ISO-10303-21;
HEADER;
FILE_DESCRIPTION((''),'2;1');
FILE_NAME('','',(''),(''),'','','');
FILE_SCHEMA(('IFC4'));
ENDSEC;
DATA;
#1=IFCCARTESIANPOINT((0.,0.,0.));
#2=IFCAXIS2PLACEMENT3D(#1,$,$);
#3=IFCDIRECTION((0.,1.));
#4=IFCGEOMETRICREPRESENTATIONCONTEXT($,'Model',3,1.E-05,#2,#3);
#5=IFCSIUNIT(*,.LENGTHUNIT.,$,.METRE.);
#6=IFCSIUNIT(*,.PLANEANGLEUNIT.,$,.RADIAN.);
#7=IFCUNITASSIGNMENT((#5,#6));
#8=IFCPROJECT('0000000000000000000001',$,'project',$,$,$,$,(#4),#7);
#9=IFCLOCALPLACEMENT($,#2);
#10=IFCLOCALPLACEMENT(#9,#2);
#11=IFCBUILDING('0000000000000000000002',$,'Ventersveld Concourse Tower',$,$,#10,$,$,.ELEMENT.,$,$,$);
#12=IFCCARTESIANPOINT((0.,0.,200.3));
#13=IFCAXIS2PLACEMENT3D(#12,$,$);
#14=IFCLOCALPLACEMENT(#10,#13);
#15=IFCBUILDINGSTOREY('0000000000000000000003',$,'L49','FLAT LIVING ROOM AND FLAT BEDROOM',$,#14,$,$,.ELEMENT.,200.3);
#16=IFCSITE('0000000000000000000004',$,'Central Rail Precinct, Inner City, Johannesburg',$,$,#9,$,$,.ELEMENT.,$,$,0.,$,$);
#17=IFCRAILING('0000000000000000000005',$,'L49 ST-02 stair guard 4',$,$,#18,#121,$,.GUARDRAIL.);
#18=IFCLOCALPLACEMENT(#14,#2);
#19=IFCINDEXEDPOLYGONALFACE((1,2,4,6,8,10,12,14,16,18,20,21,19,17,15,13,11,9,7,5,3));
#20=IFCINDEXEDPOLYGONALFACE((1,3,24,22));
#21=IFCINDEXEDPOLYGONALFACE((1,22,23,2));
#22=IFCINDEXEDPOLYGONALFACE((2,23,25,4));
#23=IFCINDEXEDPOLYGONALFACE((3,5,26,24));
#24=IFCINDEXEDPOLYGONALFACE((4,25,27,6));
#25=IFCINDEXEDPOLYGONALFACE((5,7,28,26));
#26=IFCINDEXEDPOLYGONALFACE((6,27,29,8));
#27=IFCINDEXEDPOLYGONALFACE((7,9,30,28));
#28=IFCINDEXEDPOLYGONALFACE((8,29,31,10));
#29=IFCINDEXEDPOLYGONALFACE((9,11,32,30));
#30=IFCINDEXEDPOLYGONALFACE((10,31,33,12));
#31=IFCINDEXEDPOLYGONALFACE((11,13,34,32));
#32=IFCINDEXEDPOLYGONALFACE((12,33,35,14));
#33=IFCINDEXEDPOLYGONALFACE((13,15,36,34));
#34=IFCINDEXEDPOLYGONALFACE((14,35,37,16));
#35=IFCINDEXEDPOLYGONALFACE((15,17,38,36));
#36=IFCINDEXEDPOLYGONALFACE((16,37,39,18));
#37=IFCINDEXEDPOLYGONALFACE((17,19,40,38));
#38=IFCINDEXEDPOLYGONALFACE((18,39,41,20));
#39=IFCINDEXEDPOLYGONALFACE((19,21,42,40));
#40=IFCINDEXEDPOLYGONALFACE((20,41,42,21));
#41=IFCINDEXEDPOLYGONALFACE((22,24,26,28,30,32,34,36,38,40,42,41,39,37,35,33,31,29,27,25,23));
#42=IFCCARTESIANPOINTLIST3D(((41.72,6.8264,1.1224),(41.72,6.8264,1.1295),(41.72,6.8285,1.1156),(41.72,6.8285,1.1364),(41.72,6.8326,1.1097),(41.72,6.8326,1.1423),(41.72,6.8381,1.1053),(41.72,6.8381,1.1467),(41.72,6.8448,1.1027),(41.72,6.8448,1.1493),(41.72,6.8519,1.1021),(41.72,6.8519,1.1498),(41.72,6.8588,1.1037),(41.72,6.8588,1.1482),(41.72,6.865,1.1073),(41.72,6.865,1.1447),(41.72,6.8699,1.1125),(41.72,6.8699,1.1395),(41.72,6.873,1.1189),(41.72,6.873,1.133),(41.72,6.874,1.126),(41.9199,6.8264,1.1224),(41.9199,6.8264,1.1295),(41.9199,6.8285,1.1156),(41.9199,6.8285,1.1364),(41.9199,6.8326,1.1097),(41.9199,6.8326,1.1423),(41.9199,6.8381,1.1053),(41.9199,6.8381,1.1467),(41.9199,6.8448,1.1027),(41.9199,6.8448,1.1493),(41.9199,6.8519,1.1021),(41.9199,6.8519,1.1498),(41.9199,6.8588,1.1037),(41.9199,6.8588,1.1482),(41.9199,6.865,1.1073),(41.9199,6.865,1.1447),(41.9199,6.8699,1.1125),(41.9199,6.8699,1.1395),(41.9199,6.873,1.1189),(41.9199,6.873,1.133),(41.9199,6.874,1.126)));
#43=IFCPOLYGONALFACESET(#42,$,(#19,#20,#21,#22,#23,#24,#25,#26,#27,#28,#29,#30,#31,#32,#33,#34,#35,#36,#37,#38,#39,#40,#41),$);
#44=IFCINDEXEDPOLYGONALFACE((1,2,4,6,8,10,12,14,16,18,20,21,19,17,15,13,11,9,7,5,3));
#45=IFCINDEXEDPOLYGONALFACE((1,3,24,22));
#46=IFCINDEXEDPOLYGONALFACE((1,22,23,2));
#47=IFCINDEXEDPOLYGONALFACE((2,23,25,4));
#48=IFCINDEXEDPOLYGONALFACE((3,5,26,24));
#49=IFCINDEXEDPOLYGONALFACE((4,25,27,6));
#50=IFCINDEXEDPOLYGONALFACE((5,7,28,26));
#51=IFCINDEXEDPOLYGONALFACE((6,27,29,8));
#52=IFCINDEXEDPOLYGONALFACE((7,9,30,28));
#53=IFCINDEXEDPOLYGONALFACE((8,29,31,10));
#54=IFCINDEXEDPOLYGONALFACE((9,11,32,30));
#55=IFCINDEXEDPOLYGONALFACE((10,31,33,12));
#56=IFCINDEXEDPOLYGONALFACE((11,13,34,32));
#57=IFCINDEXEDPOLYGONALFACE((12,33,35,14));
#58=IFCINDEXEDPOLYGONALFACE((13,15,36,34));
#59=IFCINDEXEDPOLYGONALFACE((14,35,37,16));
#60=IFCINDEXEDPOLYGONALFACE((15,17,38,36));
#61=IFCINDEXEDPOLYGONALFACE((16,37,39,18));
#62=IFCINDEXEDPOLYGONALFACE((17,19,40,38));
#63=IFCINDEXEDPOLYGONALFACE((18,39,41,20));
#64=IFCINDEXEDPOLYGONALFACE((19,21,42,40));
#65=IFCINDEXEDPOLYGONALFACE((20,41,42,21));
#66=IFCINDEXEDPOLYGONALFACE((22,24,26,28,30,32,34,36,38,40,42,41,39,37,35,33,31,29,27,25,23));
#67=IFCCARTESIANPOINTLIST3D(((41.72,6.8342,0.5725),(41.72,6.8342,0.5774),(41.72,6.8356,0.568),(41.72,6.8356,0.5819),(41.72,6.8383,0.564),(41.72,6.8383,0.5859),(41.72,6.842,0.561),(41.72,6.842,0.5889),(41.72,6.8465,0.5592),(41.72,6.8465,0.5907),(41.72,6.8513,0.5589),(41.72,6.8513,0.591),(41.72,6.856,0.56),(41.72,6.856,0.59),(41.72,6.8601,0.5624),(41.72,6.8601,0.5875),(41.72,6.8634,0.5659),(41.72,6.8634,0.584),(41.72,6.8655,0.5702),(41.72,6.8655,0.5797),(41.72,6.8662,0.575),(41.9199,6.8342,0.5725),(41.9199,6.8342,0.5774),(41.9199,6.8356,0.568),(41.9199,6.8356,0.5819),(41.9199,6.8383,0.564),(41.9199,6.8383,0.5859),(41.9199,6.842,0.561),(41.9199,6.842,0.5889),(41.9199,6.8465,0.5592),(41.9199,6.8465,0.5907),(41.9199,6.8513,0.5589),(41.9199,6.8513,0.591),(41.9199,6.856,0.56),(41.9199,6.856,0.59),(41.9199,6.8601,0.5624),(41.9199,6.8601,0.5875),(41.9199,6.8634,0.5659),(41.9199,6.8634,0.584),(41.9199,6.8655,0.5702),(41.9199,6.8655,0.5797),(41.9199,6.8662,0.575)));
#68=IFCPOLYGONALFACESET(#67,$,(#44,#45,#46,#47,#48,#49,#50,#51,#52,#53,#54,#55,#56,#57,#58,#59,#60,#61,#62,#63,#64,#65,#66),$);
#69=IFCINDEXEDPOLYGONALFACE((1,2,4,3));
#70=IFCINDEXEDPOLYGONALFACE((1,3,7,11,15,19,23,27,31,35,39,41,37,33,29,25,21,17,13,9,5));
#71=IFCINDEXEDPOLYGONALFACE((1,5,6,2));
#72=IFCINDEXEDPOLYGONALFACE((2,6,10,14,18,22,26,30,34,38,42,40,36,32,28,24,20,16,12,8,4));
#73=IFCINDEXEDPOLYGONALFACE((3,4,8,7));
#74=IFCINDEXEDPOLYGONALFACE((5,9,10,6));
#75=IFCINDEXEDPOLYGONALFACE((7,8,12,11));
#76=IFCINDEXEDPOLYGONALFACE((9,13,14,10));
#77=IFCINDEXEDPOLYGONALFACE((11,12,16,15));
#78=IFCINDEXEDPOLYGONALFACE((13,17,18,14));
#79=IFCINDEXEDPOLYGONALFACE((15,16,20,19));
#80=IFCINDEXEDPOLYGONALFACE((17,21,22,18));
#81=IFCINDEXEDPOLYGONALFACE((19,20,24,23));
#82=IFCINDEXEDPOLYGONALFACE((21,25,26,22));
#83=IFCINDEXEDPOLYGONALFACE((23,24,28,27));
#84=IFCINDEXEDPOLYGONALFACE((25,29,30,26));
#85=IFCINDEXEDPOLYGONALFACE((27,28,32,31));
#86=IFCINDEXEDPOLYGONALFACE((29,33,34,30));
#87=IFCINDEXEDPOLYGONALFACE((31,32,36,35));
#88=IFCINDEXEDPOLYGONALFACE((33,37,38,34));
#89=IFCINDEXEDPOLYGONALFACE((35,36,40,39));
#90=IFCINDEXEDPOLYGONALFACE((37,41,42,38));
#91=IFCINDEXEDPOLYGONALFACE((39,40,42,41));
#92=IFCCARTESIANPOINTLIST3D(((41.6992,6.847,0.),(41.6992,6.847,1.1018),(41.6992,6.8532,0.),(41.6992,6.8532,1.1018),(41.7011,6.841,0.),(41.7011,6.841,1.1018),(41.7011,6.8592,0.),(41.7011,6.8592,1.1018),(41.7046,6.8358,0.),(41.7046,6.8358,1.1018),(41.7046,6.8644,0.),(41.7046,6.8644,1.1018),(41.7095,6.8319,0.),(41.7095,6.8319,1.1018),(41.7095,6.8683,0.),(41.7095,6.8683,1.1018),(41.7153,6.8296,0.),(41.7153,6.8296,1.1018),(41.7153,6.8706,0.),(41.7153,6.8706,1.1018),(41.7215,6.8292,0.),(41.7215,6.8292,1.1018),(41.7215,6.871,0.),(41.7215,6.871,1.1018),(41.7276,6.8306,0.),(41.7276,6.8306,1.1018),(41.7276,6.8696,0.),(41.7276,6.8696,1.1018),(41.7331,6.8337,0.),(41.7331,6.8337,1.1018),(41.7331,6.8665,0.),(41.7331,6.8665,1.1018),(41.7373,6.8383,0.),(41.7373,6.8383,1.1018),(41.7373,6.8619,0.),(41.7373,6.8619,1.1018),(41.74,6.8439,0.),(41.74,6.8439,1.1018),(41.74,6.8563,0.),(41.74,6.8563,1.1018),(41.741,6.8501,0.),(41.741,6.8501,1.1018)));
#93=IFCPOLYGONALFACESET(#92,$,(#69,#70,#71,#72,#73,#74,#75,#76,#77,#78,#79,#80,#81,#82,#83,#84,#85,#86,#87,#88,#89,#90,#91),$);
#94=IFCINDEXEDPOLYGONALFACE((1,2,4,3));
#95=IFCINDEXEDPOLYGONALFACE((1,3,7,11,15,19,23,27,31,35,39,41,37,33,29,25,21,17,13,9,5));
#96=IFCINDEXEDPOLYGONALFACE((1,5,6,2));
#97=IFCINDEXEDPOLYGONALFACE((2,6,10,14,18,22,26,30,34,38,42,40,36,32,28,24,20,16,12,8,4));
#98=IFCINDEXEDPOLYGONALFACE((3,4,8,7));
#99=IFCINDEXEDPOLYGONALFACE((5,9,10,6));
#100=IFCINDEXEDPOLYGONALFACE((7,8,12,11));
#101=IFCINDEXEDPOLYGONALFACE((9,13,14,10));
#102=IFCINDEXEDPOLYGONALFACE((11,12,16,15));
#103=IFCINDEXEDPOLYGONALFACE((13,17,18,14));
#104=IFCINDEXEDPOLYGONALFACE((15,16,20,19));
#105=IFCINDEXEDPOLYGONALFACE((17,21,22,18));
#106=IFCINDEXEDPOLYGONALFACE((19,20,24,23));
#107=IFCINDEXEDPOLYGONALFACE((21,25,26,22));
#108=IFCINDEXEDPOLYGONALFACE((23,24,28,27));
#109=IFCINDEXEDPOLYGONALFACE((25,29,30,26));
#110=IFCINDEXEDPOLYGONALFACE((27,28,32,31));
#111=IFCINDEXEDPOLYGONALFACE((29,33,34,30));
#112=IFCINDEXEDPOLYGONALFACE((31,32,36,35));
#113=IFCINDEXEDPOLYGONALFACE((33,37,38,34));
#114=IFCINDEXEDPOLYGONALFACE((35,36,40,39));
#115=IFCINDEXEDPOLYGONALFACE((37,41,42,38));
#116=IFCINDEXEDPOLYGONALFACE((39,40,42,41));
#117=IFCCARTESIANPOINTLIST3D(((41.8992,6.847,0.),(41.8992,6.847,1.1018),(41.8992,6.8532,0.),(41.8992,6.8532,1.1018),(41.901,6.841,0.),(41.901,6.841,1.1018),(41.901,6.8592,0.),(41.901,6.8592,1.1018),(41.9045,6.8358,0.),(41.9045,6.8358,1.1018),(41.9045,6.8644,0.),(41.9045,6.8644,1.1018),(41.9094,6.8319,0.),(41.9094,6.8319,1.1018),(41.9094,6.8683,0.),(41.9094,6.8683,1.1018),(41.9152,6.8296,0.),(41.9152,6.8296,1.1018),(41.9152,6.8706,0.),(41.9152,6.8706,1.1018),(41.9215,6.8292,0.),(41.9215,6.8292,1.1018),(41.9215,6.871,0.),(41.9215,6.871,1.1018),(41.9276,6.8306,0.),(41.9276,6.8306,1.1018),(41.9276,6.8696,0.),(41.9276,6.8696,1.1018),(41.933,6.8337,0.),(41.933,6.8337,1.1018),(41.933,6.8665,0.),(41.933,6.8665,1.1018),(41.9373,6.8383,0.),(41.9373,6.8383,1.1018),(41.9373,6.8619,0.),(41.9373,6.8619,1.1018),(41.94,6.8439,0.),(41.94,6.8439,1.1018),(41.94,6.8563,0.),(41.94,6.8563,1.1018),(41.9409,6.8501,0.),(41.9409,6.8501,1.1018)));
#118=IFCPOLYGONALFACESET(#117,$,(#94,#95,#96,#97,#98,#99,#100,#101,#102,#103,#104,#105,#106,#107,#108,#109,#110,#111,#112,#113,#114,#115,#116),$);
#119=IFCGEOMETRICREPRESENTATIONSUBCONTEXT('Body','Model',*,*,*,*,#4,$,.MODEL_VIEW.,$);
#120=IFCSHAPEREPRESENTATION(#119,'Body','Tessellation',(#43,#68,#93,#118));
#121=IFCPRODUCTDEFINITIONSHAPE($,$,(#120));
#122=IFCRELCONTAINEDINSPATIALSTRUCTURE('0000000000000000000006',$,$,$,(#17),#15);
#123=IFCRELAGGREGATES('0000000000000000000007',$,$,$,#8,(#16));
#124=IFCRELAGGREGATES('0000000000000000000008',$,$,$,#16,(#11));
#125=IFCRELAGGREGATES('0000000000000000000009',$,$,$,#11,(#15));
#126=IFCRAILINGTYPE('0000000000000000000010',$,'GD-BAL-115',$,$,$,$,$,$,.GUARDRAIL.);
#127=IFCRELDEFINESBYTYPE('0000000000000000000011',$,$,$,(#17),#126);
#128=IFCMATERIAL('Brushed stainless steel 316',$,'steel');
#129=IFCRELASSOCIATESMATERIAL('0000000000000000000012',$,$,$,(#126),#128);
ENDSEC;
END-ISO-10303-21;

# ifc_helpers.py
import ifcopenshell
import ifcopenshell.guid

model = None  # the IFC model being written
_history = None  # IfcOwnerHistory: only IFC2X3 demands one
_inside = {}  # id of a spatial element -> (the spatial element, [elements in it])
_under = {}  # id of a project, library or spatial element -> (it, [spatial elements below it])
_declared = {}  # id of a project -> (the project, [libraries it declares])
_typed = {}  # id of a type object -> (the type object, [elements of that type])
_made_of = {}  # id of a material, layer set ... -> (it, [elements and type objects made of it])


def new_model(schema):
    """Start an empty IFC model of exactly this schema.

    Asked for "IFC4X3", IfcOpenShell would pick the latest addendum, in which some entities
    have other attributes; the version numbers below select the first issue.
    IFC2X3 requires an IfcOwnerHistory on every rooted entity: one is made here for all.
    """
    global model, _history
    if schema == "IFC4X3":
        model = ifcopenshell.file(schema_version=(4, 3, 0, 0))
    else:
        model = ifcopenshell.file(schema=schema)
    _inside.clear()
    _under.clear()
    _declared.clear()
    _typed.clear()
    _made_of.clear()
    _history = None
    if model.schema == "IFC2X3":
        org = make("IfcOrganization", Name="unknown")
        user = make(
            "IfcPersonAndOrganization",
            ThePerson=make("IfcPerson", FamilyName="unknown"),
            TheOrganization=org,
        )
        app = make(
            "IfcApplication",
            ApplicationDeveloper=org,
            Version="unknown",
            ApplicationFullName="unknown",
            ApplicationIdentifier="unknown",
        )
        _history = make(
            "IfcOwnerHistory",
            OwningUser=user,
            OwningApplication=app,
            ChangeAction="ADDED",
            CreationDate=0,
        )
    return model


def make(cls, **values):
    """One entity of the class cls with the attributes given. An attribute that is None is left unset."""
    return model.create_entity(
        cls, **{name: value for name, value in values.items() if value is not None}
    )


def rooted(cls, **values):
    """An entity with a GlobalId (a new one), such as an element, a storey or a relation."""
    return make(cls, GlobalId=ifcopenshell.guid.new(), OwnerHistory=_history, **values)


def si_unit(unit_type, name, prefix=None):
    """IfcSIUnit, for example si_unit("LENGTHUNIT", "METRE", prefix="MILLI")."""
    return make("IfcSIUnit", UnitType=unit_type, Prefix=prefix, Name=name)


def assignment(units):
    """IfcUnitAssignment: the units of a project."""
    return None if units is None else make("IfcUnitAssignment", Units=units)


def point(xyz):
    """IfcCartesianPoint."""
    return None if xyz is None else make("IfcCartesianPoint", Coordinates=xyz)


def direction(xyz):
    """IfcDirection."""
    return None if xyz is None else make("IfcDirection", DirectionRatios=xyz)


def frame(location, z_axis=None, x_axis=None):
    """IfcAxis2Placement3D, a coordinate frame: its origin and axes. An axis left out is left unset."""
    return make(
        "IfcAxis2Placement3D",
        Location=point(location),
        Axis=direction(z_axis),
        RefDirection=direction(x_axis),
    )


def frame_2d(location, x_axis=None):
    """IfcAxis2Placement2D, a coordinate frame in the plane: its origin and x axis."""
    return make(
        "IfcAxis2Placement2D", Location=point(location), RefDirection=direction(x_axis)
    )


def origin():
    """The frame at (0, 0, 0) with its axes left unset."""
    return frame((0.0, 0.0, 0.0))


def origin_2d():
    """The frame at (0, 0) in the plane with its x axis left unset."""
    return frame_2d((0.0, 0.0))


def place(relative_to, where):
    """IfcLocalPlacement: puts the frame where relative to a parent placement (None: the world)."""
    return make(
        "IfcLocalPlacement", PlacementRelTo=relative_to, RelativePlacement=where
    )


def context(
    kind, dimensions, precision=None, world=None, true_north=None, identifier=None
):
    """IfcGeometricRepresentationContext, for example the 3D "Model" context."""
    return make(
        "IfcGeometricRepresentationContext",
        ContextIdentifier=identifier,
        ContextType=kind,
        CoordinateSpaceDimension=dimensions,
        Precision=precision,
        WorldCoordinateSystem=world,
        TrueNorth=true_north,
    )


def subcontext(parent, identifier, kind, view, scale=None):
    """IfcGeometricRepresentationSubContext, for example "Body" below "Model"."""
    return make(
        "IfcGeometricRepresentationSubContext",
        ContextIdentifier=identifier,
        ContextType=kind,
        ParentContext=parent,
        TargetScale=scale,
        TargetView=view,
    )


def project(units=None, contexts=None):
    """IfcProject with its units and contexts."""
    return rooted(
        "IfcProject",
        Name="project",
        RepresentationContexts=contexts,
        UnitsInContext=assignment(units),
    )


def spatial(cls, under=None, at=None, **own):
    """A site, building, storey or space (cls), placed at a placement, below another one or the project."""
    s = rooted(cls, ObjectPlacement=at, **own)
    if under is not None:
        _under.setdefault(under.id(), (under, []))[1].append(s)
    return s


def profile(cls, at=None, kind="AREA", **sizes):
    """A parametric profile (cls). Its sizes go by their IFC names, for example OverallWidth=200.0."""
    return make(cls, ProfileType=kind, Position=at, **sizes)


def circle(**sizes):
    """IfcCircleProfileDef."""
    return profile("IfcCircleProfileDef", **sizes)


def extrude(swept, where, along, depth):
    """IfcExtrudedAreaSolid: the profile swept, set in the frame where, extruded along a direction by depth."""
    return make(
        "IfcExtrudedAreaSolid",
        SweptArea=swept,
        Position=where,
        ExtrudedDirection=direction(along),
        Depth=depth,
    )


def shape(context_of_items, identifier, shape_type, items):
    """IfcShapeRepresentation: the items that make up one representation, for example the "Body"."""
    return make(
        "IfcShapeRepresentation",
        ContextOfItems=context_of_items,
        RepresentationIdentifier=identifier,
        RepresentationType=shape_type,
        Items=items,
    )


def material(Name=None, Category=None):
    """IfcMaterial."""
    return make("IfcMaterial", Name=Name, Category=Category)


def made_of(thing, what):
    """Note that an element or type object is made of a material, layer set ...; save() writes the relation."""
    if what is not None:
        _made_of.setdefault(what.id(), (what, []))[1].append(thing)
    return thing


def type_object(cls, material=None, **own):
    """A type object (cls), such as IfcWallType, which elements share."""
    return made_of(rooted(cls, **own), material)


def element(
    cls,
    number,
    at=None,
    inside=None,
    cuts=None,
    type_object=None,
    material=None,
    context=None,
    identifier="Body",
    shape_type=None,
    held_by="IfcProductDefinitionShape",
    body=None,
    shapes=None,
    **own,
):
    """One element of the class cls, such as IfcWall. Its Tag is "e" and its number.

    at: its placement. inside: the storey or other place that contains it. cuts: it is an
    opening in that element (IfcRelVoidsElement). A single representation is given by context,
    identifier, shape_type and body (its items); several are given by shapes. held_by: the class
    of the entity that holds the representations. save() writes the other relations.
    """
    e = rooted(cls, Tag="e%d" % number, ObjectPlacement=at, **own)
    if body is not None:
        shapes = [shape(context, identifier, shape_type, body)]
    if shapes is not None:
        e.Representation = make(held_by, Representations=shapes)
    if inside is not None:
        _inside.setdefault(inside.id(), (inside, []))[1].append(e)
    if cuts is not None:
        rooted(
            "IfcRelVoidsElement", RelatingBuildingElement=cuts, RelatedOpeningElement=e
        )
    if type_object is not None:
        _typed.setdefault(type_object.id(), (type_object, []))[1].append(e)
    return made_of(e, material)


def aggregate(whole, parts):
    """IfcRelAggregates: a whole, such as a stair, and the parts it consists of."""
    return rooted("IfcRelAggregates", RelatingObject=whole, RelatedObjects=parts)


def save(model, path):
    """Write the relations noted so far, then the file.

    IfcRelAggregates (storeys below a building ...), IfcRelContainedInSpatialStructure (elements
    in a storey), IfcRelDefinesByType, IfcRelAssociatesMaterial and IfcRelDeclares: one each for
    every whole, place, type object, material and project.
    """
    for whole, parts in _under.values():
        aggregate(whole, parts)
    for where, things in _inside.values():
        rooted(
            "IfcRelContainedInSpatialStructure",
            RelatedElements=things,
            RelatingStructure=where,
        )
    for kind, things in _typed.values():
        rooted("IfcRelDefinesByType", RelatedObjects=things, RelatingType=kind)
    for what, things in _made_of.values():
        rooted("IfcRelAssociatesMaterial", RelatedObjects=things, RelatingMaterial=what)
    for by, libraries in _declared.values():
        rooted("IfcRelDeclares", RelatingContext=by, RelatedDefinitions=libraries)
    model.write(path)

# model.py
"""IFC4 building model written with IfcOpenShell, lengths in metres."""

from ifc_helpers import new_model, si_unit, direction, frame, origin, origin_2d, place, context, subcontext, project, spatial, circle, extrude, material, type_object, element, save


model = new_model("IFC4")

# Units and contexts
model_context = context("Model", 3, precision=1e-05, world=origin(), true_north=direction((0.0, 1.0)))
body_context = subcontext(model_context, "Body", "Model", "MODEL_VIEW")
ifc_project = project(units=[si_unit("LENGTHUNIT", "METRE"), si_unit("PLANEANGLEUNIT", "RADIAN")], contexts=[model_context])

# Site, building, storey
site_placement = place(None, origin())
site = spatial("IfcSite", under=ifc_project, at=site_placement, Name="Central Rail Precinct, Inner City, Johannesburg", CompositionType="ELEMENT", RefElevation=0.0)
building_placement = place(site_placement, origin())
building = spatial("IfcBuilding", under=site, at=building_placement, Name="Ventersveld Concourse Tower", CompositionType="ELEMENT")
storey_placement = place(building_placement, frame((0.0, 0.0, 200.3)))
storey = spatial("IfcBuildingStorey", under=building, at=storey_placement, Name="L49", Description="FLAT LIVING ROOM AND FLAT BEDROOM", CompositionType="ELEMENT", Elevation=200.3)

# Railing
ifc_material_1 = material(Name="Brushed stainless steel 316", Category="steel")
railing_type_1 = type_object("IfcRailingType", Name="GD-BAL-115", PredefinedType="GUARDRAIL", material=ifc_material_1)
railing_1_placement = place(storey_placement, frame((41.72, 6.8501, 0.0)))
element("IfcRailing", 1, at=railing_1_placement, inside=storey, type_object=railing_type_1, Name="L49 ST-02 stair guard 4", PredefinedType="GUARDRAIL", context=body_context, shape_type="SweptSolid", body=[
    extrude(circle(Radius=0.0239, at=origin_2d()), frame((0.0, 0.0, 1.126), z_axis=(1.0, 0.0, 0.0), x_axis=(0.0, 1.0, 0.0)), (0.0, 0.0, 1.0), 0.2),
    extrude(circle(Radius=0.0161, at=origin_2d()), frame((0.0, 0.0, 0.575), z_axis=(1.0, 0.0, 0.0), x_axis=(0.0, 1.0, 0.0)), (0.0, 0.0, 1.0), 0.2),
    extrude(circle(Radius=0.021, at=origin_2d()), origin(), (0.0, 0.0, 1.0), 1.1018),
    extrude(circle(Radius=0.021, at=origin_2d()), frame((0.2, 0.0, 0.0)), (0.0, 0.0, 1.0), 1.1018),
])

save(model, "model.ifc")
